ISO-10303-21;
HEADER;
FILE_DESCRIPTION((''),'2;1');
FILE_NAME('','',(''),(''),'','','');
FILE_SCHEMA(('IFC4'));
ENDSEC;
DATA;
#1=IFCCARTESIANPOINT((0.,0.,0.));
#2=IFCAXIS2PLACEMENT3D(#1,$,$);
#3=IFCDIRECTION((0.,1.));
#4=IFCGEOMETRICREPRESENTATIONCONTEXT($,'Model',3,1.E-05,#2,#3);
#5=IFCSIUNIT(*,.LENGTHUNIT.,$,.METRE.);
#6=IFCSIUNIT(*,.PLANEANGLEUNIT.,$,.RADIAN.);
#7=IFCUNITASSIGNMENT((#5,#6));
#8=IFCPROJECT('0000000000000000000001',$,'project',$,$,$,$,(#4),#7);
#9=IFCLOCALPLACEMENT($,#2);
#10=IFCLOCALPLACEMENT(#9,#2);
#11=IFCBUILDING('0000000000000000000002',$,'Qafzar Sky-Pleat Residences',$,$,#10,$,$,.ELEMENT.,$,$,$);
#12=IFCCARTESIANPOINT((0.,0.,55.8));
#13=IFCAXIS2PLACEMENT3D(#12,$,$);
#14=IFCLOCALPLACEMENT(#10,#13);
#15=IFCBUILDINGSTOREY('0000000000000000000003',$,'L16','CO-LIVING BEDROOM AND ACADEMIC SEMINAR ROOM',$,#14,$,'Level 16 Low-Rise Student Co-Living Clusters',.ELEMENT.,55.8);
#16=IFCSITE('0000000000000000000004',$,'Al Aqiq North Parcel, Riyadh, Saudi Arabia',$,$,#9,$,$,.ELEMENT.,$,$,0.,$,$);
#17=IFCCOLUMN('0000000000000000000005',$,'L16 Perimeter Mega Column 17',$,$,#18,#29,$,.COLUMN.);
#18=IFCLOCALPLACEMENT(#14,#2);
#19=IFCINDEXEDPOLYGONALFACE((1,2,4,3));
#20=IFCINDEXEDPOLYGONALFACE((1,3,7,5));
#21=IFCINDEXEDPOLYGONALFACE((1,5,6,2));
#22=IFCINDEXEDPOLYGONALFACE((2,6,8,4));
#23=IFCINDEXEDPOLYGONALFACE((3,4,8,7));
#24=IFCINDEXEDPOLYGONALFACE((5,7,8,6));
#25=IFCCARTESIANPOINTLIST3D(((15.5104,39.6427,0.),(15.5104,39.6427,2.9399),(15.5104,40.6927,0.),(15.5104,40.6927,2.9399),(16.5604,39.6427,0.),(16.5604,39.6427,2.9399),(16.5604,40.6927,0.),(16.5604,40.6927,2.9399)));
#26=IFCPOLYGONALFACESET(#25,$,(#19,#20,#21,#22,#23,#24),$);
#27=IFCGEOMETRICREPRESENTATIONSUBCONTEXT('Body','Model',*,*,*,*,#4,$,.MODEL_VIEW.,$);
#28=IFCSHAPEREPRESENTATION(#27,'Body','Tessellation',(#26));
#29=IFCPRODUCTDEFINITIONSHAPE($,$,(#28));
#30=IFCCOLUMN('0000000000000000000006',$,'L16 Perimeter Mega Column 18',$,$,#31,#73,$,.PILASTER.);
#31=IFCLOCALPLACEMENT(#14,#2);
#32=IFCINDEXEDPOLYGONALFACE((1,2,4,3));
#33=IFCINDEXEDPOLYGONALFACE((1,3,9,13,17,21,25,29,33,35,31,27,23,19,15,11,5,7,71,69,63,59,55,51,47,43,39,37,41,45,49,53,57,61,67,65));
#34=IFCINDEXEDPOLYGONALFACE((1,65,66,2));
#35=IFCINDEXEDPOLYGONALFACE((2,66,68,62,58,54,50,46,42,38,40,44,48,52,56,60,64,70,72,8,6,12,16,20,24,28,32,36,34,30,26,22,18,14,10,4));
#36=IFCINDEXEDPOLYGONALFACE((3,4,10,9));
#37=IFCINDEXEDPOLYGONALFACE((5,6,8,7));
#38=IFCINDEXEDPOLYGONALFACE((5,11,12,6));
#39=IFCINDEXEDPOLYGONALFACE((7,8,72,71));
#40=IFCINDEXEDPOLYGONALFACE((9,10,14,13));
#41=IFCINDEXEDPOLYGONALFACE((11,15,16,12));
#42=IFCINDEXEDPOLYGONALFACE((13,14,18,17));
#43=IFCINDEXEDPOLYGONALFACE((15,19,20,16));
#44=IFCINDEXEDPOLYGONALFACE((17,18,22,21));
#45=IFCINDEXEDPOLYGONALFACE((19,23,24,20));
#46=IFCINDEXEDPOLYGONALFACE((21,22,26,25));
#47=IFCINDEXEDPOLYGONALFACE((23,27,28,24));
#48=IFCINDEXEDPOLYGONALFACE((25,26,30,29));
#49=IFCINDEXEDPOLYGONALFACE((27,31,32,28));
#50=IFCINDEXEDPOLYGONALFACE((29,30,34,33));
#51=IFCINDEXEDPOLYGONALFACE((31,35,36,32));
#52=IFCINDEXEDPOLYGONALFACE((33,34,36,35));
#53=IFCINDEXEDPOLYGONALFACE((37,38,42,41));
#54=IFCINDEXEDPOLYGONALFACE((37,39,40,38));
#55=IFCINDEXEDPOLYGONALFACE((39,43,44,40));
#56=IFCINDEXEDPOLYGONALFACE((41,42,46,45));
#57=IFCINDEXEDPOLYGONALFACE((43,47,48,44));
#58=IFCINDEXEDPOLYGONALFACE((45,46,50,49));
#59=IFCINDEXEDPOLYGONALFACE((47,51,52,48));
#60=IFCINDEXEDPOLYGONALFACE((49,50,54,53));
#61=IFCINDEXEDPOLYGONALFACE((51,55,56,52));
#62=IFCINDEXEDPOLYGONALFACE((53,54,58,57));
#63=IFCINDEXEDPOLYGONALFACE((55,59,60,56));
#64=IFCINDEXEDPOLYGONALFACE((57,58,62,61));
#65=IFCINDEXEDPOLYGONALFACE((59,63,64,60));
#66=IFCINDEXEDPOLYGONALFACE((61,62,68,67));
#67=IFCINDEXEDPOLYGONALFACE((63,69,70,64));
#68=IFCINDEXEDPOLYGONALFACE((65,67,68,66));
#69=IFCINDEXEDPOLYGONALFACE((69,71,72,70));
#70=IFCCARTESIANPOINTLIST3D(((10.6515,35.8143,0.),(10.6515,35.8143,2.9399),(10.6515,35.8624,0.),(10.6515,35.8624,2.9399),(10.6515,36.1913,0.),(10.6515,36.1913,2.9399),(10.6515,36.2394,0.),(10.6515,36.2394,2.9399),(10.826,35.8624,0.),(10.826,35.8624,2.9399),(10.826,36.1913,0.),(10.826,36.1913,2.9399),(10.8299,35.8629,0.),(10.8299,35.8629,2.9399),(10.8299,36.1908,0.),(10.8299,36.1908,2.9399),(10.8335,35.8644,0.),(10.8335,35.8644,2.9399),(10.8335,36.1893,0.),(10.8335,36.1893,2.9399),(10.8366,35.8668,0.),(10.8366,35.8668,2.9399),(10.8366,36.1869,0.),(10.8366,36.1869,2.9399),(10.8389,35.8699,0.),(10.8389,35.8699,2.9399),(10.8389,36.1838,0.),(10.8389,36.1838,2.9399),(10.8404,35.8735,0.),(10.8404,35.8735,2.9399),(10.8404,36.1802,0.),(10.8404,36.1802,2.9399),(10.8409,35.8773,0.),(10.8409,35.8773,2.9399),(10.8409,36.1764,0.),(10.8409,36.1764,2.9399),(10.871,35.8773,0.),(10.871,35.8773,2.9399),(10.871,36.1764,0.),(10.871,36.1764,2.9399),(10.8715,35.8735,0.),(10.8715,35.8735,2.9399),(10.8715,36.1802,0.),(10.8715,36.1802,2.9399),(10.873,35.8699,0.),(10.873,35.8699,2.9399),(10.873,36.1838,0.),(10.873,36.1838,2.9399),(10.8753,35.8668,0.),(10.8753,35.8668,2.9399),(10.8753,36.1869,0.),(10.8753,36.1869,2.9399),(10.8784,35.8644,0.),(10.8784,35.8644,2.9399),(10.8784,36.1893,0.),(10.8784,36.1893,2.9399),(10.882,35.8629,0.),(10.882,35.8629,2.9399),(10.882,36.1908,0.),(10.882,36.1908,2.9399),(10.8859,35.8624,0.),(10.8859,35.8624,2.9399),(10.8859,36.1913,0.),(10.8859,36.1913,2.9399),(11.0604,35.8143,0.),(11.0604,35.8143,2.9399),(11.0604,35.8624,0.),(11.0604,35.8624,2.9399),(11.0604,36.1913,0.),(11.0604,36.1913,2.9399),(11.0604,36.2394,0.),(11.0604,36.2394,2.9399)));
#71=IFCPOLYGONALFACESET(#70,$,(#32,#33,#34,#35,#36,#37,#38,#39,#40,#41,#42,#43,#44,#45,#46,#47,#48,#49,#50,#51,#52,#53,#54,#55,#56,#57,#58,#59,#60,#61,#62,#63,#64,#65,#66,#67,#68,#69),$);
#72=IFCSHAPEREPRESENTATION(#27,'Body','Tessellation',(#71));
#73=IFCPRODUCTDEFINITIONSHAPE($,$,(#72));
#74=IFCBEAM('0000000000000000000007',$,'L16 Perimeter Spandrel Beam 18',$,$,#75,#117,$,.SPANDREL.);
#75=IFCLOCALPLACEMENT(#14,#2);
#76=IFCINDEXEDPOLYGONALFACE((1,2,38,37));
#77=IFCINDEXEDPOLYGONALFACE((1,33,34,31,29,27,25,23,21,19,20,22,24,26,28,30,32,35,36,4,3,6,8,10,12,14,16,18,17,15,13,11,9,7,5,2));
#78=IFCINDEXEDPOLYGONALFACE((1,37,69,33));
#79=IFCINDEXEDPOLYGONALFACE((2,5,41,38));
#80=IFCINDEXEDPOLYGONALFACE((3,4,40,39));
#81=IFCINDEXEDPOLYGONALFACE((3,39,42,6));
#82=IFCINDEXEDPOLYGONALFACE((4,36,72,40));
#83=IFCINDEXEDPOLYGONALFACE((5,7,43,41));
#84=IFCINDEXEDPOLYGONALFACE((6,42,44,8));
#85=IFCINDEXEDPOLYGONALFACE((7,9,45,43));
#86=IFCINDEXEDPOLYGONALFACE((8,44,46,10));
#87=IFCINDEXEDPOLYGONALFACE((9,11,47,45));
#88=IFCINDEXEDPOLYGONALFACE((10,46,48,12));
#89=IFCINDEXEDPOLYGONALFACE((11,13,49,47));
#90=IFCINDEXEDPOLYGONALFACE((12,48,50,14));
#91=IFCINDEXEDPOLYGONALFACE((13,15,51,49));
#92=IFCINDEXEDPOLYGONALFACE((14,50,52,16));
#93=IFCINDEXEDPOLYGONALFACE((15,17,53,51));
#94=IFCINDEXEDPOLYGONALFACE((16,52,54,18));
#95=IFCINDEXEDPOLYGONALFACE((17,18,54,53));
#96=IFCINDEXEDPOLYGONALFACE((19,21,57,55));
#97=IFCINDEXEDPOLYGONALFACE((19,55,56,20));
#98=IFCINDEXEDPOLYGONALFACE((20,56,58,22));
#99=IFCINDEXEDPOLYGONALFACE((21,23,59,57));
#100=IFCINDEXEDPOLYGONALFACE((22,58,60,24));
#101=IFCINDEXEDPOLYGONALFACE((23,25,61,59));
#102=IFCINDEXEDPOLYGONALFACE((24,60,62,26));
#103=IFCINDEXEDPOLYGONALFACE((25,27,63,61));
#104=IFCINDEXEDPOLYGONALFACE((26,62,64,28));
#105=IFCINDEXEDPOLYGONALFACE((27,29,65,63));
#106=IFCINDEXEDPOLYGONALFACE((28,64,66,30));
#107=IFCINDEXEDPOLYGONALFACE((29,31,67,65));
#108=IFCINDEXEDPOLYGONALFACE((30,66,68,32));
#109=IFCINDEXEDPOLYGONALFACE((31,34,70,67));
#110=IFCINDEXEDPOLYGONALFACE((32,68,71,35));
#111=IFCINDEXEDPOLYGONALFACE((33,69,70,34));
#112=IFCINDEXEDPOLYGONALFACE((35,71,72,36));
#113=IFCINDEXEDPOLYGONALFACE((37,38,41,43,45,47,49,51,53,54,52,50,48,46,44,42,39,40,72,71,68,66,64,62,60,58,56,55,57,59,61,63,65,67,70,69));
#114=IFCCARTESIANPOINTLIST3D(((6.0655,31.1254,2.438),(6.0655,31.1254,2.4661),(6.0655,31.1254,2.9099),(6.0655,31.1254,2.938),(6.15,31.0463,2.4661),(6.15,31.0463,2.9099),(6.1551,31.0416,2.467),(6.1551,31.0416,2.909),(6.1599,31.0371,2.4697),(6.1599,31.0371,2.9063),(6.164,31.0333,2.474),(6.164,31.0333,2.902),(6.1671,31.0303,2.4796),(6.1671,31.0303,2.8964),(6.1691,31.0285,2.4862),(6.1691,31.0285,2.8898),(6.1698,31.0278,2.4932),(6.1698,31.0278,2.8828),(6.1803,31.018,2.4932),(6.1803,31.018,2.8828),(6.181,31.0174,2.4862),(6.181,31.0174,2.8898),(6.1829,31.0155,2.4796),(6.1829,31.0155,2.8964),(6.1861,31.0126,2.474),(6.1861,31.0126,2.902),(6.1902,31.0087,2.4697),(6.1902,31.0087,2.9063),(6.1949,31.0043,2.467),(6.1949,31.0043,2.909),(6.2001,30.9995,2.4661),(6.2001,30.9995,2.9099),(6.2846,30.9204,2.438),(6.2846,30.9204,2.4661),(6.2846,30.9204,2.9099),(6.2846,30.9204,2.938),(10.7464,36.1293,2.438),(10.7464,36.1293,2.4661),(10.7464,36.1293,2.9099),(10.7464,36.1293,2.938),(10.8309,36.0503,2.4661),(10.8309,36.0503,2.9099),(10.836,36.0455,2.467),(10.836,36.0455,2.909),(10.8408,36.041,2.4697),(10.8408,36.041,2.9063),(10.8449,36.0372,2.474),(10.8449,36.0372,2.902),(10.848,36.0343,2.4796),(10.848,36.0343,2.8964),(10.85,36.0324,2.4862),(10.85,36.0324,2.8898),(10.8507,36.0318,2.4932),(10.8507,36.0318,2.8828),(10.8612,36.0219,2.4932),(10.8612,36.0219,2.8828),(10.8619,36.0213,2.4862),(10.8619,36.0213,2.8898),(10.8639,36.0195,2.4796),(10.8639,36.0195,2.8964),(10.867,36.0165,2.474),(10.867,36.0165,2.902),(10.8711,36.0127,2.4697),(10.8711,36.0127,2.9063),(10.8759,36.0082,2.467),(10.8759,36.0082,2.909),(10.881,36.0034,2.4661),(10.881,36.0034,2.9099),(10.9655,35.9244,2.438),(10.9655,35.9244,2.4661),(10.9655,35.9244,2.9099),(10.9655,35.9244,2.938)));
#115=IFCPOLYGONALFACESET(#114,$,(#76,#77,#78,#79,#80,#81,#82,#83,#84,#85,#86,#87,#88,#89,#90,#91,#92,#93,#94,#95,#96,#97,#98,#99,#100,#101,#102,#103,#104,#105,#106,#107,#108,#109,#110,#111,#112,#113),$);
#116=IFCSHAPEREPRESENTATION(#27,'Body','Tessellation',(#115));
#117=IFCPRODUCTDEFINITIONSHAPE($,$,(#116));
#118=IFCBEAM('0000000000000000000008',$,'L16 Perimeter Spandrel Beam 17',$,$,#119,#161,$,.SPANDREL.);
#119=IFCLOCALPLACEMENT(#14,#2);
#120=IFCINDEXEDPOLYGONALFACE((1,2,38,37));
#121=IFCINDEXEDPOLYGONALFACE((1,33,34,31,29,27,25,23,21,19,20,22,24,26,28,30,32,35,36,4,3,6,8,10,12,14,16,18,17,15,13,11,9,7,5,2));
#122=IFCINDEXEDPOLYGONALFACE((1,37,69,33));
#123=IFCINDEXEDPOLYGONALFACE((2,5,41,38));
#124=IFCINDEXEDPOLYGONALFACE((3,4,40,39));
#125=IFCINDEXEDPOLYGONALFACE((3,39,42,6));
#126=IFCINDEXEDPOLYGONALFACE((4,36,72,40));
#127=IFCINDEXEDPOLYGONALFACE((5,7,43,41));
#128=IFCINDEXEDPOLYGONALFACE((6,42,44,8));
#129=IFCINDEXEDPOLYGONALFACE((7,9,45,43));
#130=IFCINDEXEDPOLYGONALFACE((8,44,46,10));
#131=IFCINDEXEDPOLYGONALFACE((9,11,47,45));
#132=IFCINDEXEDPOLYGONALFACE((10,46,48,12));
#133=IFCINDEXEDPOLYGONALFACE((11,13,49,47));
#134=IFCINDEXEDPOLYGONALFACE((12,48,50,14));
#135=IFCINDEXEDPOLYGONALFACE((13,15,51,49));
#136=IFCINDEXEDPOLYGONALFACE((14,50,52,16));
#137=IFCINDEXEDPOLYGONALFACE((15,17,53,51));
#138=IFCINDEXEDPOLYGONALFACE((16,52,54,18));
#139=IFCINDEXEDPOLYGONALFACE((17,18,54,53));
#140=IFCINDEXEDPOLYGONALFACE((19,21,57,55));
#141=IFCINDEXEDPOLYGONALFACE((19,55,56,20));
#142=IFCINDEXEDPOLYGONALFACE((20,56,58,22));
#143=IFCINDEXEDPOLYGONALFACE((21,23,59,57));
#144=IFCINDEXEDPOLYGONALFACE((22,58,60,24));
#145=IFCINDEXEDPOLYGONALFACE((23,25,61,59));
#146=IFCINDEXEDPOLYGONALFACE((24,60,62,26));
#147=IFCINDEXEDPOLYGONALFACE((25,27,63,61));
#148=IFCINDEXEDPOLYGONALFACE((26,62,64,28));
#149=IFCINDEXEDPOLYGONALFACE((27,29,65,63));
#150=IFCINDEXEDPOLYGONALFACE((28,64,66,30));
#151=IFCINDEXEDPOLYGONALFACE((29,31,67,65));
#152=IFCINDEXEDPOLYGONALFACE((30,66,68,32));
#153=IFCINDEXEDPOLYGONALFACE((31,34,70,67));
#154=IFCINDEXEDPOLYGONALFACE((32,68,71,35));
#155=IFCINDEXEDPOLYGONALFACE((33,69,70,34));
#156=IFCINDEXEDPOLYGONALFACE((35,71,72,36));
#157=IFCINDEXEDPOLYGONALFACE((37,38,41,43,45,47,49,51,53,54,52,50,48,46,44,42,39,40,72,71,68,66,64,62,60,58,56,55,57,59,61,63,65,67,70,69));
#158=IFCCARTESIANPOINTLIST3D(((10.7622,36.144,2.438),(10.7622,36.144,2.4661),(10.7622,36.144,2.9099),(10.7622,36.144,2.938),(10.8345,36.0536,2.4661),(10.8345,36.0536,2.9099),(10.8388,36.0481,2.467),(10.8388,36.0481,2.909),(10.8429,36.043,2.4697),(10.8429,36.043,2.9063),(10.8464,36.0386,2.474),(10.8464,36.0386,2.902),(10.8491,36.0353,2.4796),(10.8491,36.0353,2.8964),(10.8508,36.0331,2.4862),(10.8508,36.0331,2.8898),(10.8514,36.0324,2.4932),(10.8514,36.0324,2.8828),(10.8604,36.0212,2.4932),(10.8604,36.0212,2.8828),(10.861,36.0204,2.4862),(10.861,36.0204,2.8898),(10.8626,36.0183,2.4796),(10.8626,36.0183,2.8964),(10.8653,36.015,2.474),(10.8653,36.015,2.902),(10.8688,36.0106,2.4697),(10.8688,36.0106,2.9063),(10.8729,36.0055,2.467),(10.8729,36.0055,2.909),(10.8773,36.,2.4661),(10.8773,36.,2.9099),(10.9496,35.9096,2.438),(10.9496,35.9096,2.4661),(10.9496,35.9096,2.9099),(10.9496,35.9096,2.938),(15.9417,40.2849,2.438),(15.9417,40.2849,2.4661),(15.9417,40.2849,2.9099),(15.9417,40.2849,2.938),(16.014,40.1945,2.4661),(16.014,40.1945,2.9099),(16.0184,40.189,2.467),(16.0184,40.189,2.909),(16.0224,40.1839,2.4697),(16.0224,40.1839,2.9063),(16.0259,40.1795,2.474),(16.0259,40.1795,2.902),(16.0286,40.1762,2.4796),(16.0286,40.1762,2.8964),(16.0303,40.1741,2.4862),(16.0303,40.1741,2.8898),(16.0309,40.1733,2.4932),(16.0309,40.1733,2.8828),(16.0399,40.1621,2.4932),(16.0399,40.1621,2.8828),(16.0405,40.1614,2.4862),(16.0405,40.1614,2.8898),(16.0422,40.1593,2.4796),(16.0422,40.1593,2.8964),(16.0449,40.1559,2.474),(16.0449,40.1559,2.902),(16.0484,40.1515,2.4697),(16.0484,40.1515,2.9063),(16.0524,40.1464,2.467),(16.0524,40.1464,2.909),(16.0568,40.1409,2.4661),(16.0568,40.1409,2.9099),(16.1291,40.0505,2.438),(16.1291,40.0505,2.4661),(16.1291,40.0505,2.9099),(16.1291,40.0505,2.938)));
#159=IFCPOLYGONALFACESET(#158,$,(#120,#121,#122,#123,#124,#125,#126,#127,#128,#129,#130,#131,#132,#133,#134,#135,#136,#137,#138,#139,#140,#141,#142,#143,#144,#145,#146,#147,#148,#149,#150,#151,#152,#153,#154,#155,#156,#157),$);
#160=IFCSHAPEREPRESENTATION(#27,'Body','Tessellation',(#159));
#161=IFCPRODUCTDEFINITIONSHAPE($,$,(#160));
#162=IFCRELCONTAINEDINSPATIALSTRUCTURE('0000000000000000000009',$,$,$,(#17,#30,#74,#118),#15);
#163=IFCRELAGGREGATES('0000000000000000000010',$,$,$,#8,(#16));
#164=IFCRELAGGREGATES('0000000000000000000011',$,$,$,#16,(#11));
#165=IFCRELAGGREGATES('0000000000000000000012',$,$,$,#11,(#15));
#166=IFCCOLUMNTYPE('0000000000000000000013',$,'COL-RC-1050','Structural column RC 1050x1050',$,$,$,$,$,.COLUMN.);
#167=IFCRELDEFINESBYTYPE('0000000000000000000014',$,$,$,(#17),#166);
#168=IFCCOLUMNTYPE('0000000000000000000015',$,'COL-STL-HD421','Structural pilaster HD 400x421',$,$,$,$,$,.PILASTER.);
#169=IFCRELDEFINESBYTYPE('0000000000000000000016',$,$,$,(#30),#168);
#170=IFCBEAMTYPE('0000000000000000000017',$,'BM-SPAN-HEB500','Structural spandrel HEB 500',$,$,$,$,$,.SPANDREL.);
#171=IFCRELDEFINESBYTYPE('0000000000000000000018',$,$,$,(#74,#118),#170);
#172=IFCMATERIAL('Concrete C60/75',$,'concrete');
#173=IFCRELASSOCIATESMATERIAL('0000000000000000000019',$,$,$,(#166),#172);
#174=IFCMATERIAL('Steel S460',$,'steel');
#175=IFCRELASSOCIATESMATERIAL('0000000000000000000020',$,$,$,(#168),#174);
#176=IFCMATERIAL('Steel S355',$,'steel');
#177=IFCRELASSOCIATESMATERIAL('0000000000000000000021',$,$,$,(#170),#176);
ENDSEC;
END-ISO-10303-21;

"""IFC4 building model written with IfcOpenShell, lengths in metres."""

from ifc_helpers import new_model, si_unit, direction, frame, origin, origin_2d, place, context, subcontext, project, spatial, rectangle, i_section, extrude, source, transform, mapped, material, material_profile, profile_set, type_object, element, save


model = new_model("IFC4")

# Units and contexts
model_context = context("Model", 3, precision=1e-05, world=origin(), true_north=direction((0.0, 1.0)))
body_context = subcontext(model_context, "Body", "Model", "MODEL_VIEW")
ifc_project = project(units=[si_unit("LENGTHUNIT", "METRE"), si_unit("PLANEANGLEUNIT", "RADIAN")], contexts=[model_context])

# Site, building, storey
site_placement = place(None, origin())
site = spatial("IfcSite", under=ifc_project, at=site_placement, Name="Al Aqiq North Parcel, Riyadh, Saudi Arabia", CompositionType="ELEMENT", RefElevation=0.0)
building_placement = place(site_placement, origin())
building = spatial("IfcBuilding", under=site, at=building_placement, Name="Qafzar Sky-Pleat Residences", CompositionType="ELEMENT")
storey_placement = place(building_placement, frame((0.0, 0.0, 55.8)))
storey = spatial("IfcBuildingStorey", under=building, at=storey_placement, Name="L16", Description="CO-LIVING BEDROOM AND ACADEMIC SEMINAR ROOM", LongName="Level 16 Low-Rise Student Co-Living Clusters", CompositionType="ELEMENT", Elevation=55.8)

# Columns
ifc_material_1 = material(Name="Concrete C60/75", Category="concrete")
ifc_material_profile_1 = material_profile(ifc_material_1, rectangle(XDim=1.05, YDim=1.05, at=origin_2d()), Name="RC 1050x1050")
ifc_profile_set_1 = profile_set([ifc_material_profile_1], Name="Concrete C60/75")
column_type_1 = type_object("IfcColumnType", Name="COL-RC-1050", Description="Structural column RC 1050x1050", PredefinedType="COLUMN", material=ifc_profile_set_1)
shared_shape_1 = source(origin(), body_context, "Body", "SweptSolid", [
    extrude(rectangle(XDim=1.05, YDim=1.05, at=origin_2d()), origin(), (0.0, 0.0, 1.0), 2.9399),
])
column_1_placement = place(storey_placement, frame((16.0354, 40.1677, 0.0), z_axis=(0.0, 0.0, 1.0), x_axis=(1.0, 0.0, 0.0)))
element("IfcColumn", 1, at=column_1_placement, inside=storey, type_object=column_type_1, Name="L16 Perimeter Mega Column 17", PredefinedType="COLUMN", context=body_context, shape_type="MappedRepresentation", body=[
    mapped(shared_shape_1, transform((0.0, 0.0, 0.0), x_axis=(1.0, 0.0, 0.0), y_axis=(0.0, 1.0, 0.0), z_axis=(0.0, 0.0, 1.0), scale=1.0)),
])
ifc_material_2 = material(Name="Steel S460", Category="steel")
ifc_material_profile_2 = material_profile(ifc_material_2, i_section(OverallWidth=0.4089, OverallDepth=0.425, WebThickness=0.03, FlangeThickness=0.0481, FilletRadius=0.0149, at=origin_2d()), Name="HD 400x421")
ifc_profile_set_2 = profile_set([ifc_material_profile_2], Name="Steel S460")
column_type_2 = type_object("IfcColumnType", Name="COL-STL-HD421", Description="Structural pilaster HD 400x421", PredefinedType="PILASTER", material=ifc_profile_set_2)
shared_shape_2 = source(origin(), body_context, "Body", "SweptSolid", [
    extrude(i_section(OverallWidth=0.4089, OverallDepth=0.425, WebThickness=0.03, FlangeThickness=0.0481, FilletRadius=0.0149, at=origin_2d()), origin(), (0.0, 0.0, 1.0), 2.9399),
])
column_2_placement = place(storey_placement, frame((10.856, 36.0269, 0.0), z_axis=(0.0, 0.0, 1.0), x_axis=(1.0, 0.0, 0.0)))
element("IfcColumn", 2, at=column_2_placement, inside=storey, type_object=column_type_2, Name="L16 Perimeter Mega Column 18", PredefinedType="PILASTER", context=body_context, shape_type="MappedRepresentation", body=[
    mapped(shared_shape_2, transform((0.0, 0.0, 0.0), x_axis=(1.0, 0.0, 0.0), y_axis=(0.0, 1.0, 0.0), z_axis=(0.0, 0.0, 1.0), scale=1.0)),
])

# Beams
ifc_material_3 = material(Name="Steel S355", Category="steel")
ifc_material_profile_3 = material_profile(ifc_material_3, i_section(OverallWidth=0.3, OverallDepth=0.5, WebThickness=0.0144, FlangeThickness=0.0281, FilletRadius=0.0271, at=origin_2d()), Name="HEB 500")
ifc_profile_set_3 = profile_set([ifc_material_profile_3], Name="Steel S355")
beam_type_1 = type_object("IfcBeamType", Name="BM-SPAN-HEB500", Description="Structural spandrel HEB 500", PredefinedType="SPANDREL", material=ifc_profile_set_3)
shared_shape_3 = source(origin(), body_context, "Body", "SweptSolid", [
    extrude(i_section(OverallWidth=0.3, OverallDepth=0.5, WebThickness=0.0144, FlangeThickness=0.0281, FilletRadius=0.0271, at=origin_2d()), origin(), (0.0, 0.0, 1.0), 6.8521),
])
beam_1_placement = place(storey_placement, frame((10.856, 36.0269, 2.688), z_axis=(-0.683144, -0.730283, 0.0), x_axis=(0.730283, -0.683144, 0.0)))
element("IfcBeam", 3, at=beam_1_placement, inside=storey, type_object=beam_type_1, Name="L16 Perimeter Spandrel Beam 18", PredefinedType="SPANDREL", context=body_context, shape_type="MappedRepresentation", body=[
    mapped(shared_shape_3, transform((0.0, 0.0, 0.0), x_axis=(1.0, 0.0, 0.0), y_axis=(0.0, 1.0, 0.0), z_axis=(0.0, 0.0, 1.0), scale=1.0)),
])
shared_shape_4 = source(origin(), body_context, "Body", "SweptSolid", [
    extrude(i_section(OverallWidth=0.3, OverallDepth=0.5, WebThickness=0.0144, FlangeThickness=0.0281, FilletRadius=0.0271, at=origin_2d()), origin(), (0.0, 0.0, 1.0), 6.6313),
])
beam_2_placement = place(storey_placement, frame((16.0354, 40.1677, 2.688), z_axis=(-0.781066, -0.624448, 0.0), x_axis=(0.624448, -0.781066, 0.0)))
element("IfcBeam", 4, at=beam_2_placement, inside=storey, type_object=beam_type_1, Name="L16 Perimeter Spandrel Beam 17", PredefinedType="SPANDREL", context=body_context, shape_type="MappedRepresentation", body=[
    mapped(shared_shape_4, transform((0.0, 0.0, 0.0), x_axis=(1.0, 0.0, 0.0), y_axis=(0.0, 1.0, 0.0), z_axis=(0.0, 0.0, 1.0), scale=1.0)),
])

save(model, "model.ifc")
